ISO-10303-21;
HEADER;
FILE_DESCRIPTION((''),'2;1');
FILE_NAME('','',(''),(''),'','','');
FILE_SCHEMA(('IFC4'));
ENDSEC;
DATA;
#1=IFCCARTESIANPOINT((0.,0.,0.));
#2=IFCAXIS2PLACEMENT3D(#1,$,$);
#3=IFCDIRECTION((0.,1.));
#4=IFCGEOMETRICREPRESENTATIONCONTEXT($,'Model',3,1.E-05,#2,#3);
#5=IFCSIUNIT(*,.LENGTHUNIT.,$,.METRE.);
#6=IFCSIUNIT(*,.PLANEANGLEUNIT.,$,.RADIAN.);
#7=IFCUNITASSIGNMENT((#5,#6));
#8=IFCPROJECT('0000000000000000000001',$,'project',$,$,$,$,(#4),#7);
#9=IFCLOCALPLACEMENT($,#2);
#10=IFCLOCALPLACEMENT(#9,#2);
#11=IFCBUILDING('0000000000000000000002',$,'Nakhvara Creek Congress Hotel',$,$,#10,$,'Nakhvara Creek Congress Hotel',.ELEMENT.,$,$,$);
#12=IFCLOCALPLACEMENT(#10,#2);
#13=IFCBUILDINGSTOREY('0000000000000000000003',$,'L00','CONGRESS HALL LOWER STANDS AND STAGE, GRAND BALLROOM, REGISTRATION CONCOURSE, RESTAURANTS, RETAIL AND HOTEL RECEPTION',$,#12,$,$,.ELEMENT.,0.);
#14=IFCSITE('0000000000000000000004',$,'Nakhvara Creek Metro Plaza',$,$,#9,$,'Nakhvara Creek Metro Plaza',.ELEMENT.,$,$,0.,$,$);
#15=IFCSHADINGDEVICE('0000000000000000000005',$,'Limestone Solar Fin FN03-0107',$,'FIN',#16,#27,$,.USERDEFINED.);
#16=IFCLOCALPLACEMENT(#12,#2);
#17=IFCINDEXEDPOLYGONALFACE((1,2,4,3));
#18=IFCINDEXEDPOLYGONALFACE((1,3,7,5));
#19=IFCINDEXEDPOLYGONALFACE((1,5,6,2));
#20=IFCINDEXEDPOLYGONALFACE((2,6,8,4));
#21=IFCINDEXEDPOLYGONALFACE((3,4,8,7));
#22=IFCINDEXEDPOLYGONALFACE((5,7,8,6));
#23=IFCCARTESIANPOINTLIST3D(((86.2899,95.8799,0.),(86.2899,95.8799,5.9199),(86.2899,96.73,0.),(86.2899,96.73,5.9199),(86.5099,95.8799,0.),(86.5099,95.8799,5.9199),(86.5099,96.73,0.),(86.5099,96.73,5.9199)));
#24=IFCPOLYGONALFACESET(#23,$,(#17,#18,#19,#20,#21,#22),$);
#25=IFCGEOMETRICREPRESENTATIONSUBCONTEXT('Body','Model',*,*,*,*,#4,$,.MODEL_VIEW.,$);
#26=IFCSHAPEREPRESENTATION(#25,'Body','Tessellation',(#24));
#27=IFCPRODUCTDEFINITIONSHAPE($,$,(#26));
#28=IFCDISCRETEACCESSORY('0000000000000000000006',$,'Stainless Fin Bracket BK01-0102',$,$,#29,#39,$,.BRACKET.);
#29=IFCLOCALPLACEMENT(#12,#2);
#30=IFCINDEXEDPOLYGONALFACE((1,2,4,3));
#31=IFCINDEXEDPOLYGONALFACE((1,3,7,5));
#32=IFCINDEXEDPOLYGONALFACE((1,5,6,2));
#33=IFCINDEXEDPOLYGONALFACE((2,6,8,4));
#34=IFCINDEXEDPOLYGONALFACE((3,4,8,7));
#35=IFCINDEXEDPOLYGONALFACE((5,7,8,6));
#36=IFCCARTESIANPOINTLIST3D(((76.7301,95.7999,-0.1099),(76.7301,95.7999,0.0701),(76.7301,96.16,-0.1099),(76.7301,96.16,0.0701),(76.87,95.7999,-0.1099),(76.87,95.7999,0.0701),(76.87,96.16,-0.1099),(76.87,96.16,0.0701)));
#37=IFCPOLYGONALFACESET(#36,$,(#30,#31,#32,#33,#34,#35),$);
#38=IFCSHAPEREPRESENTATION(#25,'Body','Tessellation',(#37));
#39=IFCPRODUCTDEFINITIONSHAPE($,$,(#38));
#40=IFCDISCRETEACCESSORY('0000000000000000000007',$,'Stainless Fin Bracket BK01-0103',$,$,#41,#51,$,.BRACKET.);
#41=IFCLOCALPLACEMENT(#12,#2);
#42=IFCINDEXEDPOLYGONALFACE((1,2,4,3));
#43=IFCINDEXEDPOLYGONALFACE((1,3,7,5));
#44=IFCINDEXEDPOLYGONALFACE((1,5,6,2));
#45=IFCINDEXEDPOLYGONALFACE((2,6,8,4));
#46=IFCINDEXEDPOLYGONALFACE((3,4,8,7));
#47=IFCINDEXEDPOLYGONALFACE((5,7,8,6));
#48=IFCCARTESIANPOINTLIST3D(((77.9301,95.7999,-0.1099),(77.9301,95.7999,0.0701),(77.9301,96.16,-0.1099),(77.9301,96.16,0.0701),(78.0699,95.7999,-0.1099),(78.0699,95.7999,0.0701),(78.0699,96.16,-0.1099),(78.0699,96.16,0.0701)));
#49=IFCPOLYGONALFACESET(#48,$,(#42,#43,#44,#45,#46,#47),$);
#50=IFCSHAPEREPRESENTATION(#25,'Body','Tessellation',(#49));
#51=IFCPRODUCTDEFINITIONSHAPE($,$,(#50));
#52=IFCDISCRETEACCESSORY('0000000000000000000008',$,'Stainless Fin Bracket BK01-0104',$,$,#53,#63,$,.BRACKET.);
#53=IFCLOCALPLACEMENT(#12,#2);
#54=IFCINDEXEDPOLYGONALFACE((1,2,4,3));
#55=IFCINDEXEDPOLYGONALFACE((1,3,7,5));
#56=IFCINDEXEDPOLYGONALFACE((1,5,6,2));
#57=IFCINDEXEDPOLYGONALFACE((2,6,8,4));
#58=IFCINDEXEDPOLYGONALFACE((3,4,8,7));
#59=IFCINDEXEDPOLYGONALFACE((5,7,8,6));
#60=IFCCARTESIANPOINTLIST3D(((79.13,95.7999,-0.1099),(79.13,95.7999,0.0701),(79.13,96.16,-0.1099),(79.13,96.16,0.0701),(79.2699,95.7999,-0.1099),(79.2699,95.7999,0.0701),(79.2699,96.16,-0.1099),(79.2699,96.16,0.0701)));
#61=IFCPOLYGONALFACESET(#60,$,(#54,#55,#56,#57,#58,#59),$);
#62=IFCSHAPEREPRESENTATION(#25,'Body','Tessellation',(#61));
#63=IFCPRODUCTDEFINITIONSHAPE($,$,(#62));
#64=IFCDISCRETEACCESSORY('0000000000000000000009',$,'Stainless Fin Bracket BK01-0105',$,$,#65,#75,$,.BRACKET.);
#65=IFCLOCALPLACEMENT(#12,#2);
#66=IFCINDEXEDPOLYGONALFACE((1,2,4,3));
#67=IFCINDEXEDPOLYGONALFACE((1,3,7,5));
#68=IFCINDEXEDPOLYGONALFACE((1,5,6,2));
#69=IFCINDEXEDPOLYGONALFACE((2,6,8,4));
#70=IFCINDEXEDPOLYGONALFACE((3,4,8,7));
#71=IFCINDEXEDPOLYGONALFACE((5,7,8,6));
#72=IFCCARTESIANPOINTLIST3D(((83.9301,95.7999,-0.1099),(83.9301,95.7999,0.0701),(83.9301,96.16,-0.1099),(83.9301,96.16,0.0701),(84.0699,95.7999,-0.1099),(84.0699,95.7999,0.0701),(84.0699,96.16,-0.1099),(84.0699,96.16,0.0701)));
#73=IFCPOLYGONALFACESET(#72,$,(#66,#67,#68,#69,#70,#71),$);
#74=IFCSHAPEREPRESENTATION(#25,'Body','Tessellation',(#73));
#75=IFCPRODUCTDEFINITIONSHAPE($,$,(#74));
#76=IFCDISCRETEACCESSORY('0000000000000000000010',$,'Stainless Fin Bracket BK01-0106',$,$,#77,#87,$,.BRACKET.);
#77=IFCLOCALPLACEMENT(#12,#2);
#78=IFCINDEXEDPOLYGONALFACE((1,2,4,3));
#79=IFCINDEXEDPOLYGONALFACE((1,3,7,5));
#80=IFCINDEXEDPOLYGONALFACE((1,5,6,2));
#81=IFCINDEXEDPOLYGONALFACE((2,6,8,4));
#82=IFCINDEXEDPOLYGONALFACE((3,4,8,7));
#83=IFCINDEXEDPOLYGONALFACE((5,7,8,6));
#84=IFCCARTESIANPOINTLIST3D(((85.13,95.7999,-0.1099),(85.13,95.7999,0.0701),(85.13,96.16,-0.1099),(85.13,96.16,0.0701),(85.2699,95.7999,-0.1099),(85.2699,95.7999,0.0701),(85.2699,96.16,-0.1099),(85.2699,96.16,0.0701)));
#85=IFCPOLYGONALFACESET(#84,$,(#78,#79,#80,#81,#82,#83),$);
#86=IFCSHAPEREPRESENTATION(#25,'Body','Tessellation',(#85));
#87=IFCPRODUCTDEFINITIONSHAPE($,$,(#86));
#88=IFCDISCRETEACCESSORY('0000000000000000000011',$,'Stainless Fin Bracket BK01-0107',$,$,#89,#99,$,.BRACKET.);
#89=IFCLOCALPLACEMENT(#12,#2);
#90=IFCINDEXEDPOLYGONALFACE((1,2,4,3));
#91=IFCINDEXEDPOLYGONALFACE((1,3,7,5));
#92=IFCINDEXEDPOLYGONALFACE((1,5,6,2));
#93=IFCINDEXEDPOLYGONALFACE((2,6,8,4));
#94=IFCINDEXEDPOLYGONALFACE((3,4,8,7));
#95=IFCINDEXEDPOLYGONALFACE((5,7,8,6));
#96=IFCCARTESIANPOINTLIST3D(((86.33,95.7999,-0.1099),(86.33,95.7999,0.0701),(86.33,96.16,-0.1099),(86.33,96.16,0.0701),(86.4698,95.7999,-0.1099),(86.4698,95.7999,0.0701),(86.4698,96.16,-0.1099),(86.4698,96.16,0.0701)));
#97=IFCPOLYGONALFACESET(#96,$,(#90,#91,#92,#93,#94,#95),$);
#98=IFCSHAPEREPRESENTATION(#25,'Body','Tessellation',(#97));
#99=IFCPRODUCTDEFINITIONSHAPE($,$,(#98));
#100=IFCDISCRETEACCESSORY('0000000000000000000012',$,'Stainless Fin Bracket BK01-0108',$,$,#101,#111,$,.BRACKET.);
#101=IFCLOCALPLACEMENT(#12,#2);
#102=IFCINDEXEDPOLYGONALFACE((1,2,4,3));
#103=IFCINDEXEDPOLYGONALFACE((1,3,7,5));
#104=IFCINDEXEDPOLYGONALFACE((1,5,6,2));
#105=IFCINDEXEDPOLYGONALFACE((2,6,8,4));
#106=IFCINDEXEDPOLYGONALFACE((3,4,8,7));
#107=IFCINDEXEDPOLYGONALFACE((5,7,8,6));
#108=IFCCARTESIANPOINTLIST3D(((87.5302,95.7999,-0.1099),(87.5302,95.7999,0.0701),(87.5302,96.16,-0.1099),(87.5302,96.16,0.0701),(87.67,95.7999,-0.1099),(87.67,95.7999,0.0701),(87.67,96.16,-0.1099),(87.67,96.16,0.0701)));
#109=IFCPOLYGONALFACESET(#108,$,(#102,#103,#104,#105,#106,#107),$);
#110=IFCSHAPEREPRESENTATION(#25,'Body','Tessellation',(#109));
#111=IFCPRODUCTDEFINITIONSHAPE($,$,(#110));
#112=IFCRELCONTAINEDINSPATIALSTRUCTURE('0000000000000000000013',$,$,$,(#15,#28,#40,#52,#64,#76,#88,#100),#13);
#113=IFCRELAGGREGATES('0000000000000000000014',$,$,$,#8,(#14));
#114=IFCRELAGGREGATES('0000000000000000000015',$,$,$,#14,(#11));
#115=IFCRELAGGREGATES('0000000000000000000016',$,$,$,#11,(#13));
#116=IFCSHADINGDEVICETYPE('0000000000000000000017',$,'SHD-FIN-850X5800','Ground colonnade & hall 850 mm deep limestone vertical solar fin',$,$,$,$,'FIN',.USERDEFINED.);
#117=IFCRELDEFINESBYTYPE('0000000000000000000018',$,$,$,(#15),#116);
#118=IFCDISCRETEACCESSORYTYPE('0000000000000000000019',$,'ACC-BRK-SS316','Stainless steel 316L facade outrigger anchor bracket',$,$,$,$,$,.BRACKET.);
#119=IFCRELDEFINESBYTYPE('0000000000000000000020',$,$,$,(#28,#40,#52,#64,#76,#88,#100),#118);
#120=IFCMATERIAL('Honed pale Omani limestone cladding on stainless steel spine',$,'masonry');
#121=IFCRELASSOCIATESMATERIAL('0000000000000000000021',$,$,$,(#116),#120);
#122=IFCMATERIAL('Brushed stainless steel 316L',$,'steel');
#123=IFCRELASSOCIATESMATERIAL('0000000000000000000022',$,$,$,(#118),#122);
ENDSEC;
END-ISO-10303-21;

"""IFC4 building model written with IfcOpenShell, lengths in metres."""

from ifc_helpers import new_model, si_unit, direction, frame, origin, origin_2d, place, context, subcontext, project, spatial, rectangle, extrude, material, type_object, element, save


model = new_model("IFC4")

# Units and contexts
model_context = context("Model", 3, precision=1e-05, world=origin(), true_north=direction((0.0, 1.0)))
body_context = subcontext(model_context, "Body", "Model", "MODEL_VIEW")
ifc_project = project(units=[si_unit("LENGTHUNIT", "METRE"), si_unit("PLANEANGLEUNIT", "RADIAN")], contexts=[model_context])

# Site, building, storey
site_placement = place(None, origin())
site = spatial("IfcSite", under=ifc_project, at=site_placement, Name="Nakhvara Creek Metro Plaza", LongName="Nakhvara Creek Metro Plaza", CompositionType="ELEMENT", RefElevation=0.0)
building_placement = place(site_placement, origin())
building = spatial("IfcBuilding", under=site, at=building_placement, Name="Nakhvara Creek Congress Hotel", LongName="Nakhvara Creek Congress Hotel", CompositionType="ELEMENT")
storey_placement = place(building_placement, origin())
storey = spatial("IfcBuildingStorey", under=building, at=storey_placement, Name="L00", Description="CONGRESS HALL LOWER STANDS AND STAGE, GRAND BALLROOM, REGISTRATION CONCOURSE, RESTAURANTS, RETAIL AND HOTEL RECEPTION", CompositionType="ELEMENT", Elevation=0.0)

# Shading device
ifc_material_1 = material(Name="Honed pale Omani limestone cladding on stainless steel spine", Category="masonry")
shading_device_type = type_object("IfcShadingDeviceType", Name="SHD-FIN-850X5800", Description="Ground colonnade & hall 850 mm deep limestone vertical solar fin", ElementType="FIN", PredefinedType="USERDEFINED", material=ifc_material_1)
for number, where, z_axis, x_axis, name in (
    (1, (86.3999, 96.3049, 0.0), (0.0, 0.0, 1.0), (1.0, 0.0, 0.0), "Limestone Solar Fin FN03-0107"),
):
    element("IfcShadingDevice", number, at=place(storey_placement, frame(where, z_axis=z_axis, x_axis=x_axis)), inside=storey, type_object=shading_device_type, Name=name, ObjectType="FIN", PredefinedType="USERDEFINED", context=body_context, shape_type="SweptSolid", body=[
        extrude(rectangle(XDim=0.22, YDim=0.8501, at=origin_2d()), origin(), (0.0, 0.0, 1.0), 5.9199),
    ])

# Discrete accessories
ifc_material_2 = material(Name="Brushed stainless steel 316L", Category="steel")
discrete_accessory_type = type_object("IfcDiscreteAccessoryType", Name="ACC-BRK-SS316", Description="Stainless steel 316L facade outrigger anchor bracket", PredefinedType="BRACKET", material=ifc_material_2)
for number, where, z_axis, x_axis, name in (
    (2, (76.8, 95.98, -0.1099), (0.0, 0.0, 1.0), (1.0, 0.0, 0.0), "Stainless Fin Bracket BK01-0102"),
    (3, (78.0, 95.98, -0.1099), (0.0, 0.0, 1.0), (1.0, 0.0, 0.0), "Stainless Fin Bracket BK01-0103"),
    (4, (79.2, 95.98, -0.1099), (0.0, 0.0, 1.0), (1.0, 0.0, 0.0), "Stainless Fin Bracket BK01-0104"),
    (5, (84.0, 95.98, -0.1099), (0.0, 0.0, 1.0), (1.0, 0.0, 0.0), "Stainless Fin Bracket BK01-0105"),
    (6, (85.2, 95.98, -0.1099), (0.0, 0.0, 1.0), (1.0, 0.0, 0.0), "Stainless Fin Bracket BK01-0106"),
    (7, (86.3999, 95.98, -0.1099), (0.0, 0.0, 1.0), (1.0, 0.0, 0.0), "Stainless Fin Bracket BK01-0107"),
    (8, (87.6001, 95.98, -0.1099), (0.0, 0.0, 1.0), (1.0, 0.0, 0.0), "Stainless Fin Bracket BK01-0108"),
):
    element("IfcDiscreteAccessory", number, at=place(storey_placement, frame(where, z_axis=z_axis, x_axis=x_axis)), inside=storey, type_object=discrete_accessory_type, Name=name, PredefinedType="BRACKET", context=body_context, shape_type="SweptSolid", body=[
        extrude(rectangle(XDim=0.1399, YDim=0.3601, at=origin_2d()), origin(), (0.0, 0.0, 1.0), 0.1799),
    ])

save(model, "model.ifc")
